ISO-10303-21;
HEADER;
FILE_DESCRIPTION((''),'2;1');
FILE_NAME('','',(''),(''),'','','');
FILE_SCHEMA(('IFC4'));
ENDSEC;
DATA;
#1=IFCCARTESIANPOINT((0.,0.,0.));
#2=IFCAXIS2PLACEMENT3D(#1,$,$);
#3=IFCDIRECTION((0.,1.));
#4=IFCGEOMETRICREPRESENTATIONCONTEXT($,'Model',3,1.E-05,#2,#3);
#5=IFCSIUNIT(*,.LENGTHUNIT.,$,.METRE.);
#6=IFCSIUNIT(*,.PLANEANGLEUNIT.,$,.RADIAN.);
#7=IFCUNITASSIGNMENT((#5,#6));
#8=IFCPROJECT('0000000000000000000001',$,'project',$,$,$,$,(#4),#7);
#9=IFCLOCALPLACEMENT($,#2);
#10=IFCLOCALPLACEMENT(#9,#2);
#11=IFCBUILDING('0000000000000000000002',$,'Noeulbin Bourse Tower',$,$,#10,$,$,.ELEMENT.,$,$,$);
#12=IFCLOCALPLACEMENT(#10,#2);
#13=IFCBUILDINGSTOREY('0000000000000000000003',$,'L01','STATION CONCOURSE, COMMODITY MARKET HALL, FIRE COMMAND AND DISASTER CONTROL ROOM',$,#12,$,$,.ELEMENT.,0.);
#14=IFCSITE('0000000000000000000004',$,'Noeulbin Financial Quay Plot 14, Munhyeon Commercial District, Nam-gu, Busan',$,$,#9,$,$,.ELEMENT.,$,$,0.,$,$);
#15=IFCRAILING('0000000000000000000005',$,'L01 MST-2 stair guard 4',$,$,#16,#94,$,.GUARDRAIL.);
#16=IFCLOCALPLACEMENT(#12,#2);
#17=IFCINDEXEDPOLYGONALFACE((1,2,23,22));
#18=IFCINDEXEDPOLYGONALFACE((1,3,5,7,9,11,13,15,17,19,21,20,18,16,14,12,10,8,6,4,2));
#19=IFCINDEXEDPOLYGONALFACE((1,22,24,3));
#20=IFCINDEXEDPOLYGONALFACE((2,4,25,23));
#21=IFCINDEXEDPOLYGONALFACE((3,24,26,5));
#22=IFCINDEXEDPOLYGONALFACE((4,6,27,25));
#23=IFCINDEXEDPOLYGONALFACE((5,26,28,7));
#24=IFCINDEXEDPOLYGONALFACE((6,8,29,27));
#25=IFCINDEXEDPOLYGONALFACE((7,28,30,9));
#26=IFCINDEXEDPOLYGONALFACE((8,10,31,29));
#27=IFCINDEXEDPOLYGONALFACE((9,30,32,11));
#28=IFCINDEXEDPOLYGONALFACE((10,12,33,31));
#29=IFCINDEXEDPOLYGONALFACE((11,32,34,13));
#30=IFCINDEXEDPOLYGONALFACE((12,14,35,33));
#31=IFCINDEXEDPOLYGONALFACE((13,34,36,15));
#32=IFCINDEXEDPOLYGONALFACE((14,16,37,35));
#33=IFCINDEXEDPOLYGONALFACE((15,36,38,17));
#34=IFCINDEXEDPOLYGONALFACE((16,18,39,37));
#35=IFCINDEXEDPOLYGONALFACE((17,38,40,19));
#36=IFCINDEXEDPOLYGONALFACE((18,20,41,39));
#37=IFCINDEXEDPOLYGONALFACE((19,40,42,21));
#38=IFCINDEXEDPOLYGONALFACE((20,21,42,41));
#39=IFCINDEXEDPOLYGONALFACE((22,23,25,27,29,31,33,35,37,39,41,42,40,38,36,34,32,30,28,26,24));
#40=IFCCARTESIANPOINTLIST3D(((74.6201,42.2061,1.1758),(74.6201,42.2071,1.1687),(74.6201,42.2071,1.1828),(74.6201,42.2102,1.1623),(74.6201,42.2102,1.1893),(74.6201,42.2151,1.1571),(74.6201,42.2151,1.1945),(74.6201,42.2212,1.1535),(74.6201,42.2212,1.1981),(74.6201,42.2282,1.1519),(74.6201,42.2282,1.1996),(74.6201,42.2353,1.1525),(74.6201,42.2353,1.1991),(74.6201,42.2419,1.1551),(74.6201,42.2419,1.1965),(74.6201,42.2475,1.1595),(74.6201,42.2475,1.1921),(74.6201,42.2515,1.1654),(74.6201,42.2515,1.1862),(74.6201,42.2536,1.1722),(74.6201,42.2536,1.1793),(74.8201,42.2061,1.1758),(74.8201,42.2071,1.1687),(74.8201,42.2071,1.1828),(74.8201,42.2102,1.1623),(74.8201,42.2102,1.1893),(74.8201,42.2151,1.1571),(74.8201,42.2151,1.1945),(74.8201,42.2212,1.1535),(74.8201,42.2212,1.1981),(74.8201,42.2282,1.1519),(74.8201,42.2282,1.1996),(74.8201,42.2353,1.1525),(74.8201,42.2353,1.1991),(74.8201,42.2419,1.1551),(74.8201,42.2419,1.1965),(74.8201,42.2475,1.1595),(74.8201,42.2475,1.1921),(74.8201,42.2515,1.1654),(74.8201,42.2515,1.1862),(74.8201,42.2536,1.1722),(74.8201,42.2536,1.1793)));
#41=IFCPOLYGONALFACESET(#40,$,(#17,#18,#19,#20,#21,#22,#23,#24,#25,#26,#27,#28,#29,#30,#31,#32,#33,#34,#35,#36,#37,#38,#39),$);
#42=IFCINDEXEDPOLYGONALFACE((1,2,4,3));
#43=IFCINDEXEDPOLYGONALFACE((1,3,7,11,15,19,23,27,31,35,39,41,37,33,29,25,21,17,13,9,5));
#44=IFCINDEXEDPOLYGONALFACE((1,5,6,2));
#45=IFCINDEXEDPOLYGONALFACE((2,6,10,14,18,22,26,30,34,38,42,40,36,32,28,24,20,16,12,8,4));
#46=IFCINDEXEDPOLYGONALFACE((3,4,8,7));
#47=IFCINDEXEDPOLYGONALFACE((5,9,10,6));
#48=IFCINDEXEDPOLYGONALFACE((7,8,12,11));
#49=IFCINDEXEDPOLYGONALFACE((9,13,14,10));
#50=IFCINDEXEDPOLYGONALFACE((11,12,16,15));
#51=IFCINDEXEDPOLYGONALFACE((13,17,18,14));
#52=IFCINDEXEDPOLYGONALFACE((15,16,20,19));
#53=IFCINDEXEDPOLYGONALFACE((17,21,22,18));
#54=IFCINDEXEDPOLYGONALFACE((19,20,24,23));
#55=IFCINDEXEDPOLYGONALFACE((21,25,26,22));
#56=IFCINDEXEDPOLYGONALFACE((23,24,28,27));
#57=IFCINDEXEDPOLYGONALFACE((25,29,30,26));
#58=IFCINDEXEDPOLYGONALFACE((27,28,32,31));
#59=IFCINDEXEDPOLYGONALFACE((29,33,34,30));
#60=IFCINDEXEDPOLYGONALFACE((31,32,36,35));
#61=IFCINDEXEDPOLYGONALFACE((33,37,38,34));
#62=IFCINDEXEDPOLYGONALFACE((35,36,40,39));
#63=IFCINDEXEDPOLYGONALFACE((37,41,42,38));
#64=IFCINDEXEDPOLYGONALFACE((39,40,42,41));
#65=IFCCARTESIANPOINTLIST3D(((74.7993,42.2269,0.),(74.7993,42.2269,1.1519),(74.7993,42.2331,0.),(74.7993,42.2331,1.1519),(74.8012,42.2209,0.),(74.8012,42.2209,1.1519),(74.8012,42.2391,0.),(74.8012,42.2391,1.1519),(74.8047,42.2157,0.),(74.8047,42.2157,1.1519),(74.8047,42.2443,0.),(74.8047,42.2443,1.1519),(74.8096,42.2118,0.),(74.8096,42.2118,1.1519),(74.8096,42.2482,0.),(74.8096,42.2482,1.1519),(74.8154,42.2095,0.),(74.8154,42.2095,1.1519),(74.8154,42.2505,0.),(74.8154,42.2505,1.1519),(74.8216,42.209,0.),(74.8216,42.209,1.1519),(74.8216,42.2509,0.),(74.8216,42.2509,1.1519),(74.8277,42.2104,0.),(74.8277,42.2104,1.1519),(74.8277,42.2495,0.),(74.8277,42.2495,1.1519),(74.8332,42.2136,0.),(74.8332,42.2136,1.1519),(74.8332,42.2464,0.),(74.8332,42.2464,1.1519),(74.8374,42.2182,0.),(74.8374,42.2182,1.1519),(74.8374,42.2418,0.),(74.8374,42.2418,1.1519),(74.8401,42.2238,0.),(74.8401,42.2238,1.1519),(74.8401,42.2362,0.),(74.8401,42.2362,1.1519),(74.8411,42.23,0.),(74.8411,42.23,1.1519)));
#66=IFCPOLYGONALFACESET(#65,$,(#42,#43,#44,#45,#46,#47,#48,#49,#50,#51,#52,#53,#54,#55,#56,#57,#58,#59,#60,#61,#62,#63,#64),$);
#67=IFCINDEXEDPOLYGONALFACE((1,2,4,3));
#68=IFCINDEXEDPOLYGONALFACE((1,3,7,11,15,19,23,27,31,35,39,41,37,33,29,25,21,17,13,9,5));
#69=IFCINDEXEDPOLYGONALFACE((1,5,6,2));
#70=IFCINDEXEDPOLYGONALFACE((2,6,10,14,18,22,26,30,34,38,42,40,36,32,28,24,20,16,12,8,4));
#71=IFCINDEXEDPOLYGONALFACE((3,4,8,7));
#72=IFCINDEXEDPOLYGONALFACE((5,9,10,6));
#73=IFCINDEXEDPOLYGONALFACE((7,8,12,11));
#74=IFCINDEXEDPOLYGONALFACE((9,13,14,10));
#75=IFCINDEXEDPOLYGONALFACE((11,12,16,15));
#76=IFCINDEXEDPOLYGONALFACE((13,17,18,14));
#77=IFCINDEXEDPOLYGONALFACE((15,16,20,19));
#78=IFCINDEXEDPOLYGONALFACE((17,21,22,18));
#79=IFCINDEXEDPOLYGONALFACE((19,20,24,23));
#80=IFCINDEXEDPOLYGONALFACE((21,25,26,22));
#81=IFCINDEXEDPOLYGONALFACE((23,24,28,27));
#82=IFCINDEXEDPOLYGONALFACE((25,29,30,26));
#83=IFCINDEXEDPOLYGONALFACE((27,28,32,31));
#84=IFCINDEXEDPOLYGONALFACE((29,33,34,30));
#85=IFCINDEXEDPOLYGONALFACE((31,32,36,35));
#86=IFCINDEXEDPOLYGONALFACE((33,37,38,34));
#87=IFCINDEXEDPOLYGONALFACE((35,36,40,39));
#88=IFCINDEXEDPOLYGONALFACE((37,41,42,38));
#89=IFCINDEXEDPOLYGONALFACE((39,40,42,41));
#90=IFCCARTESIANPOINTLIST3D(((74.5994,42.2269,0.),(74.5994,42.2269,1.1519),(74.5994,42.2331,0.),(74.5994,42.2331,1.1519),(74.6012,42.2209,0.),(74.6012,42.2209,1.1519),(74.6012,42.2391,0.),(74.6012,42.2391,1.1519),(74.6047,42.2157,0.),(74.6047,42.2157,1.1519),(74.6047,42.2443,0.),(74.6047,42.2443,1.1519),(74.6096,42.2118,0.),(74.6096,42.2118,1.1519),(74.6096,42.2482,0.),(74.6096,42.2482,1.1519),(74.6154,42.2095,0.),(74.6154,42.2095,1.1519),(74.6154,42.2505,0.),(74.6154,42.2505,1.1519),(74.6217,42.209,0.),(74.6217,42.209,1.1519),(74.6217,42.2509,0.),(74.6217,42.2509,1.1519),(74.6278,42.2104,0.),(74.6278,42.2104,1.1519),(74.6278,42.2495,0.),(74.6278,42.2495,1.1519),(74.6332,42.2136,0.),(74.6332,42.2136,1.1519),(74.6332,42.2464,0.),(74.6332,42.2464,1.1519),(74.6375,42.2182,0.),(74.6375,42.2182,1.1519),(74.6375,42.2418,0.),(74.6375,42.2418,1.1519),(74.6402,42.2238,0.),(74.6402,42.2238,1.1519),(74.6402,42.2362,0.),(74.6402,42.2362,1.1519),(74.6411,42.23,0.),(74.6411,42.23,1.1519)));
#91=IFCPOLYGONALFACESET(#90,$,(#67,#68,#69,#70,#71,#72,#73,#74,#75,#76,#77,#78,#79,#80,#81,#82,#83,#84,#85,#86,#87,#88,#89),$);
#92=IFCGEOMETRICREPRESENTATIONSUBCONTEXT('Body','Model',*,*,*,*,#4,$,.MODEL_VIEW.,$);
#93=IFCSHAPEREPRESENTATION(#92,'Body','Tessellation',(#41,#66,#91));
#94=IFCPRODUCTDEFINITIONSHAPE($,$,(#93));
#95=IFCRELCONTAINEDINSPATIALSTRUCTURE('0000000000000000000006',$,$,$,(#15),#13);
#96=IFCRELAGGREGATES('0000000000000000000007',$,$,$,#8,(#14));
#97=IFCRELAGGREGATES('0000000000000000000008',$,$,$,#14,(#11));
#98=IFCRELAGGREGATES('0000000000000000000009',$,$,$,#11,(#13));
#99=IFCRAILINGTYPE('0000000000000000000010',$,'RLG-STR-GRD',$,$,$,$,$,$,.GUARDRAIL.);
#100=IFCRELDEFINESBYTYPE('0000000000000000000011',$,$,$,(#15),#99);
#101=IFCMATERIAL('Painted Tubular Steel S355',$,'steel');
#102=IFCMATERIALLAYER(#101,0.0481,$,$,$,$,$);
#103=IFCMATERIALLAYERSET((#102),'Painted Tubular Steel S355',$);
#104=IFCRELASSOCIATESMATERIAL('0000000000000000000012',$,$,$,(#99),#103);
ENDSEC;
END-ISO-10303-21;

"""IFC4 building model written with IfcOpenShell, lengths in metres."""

from ifc_helpers import new_model, si_unit, direction, frame, origin, origin_2d, place, context, subcontext, project, spatial, circle, extrude, material, layer, layer_set, type_object, element, save


model = new_model("IFC4")

# Units and contexts
model_context = context("Model", 3, precision=1e-05, world=origin(), true_north=direction((0.0, 1.0)))
body_context = subcontext(model_context, "Body", "Model", "MODEL_VIEW")
ifc_project = project(units=[si_unit("LENGTHUNIT", "METRE"), si_unit("PLANEANGLEUNIT", "RADIAN")], contexts=[model_context])

# Site, building, storey
site_placement = place(None, origin())
site = spatial("IfcSite", under=ifc_project, at=site_placement, Name="Noeulbin Financial Quay Plot 14, Munhyeon Commercial District, Nam-gu, Busan", CompositionType="ELEMENT", RefElevation=0.0)
building_placement = place(site_placement, origin())
building = spatial("IfcBuilding", under=site, at=building_placement, Name="Noeulbin Bourse Tower", CompositionType="ELEMENT")
storey_placement = place(building_placement, origin())
storey = spatial("IfcBuildingStorey", under=building, at=storey_placement, Name="L01", Description="STATION CONCOURSE, COMMODITY MARKET HALL, FIRE COMMAND AND DISASTER CONTROL ROOM", CompositionType="ELEMENT", Elevation=0.0)

# Railing
ifc_material_1 = material(Name="Painted Tubular Steel S355", Category="steel")
ifc_layer_1 = layer(ifc_material_1, 0.0481)
ifc_layer_set_1 = layer_set([ifc_layer_1], Name="Painted Tubular Steel S355")
railing_type_1 = type_object("IfcRailingType", Name="RLG-STR-GRD", PredefinedType="GUARDRAIL", material=ifc_layer_set_1)
railing_1_placement = place(storey_placement, frame((74.8201, 42.23, 0.0)))
element("IfcRailing", 1, at=railing_1_placement, inside=storey, type_object=railing_type_1, Name="L01 MST-2 stair guard 4", PredefinedType="GUARDRAIL", context=body_context, shape_type="SweptSolid", body=[
    extrude(circle(Radius=0.0239, at=origin_2d()), frame((0.0, 0.0, 1.1758), z_axis=(-1.0, 0.0, 0.0), x_axis=(0.0, -1.0, 0.0)), (0.0, 0.0, 1.0), 0.2),
    extrude(circle(Radius=0.021, at=origin_2d()), origin(), (0.0, 0.0, 1.0), 1.1519),
    extrude(circle(Radius=0.021, at=origin_2d()), frame((-0.2, 0.0, 0.0)), (0.0, 0.0, 1.0), 1.1519),
])

save(model, "model.ifc")
